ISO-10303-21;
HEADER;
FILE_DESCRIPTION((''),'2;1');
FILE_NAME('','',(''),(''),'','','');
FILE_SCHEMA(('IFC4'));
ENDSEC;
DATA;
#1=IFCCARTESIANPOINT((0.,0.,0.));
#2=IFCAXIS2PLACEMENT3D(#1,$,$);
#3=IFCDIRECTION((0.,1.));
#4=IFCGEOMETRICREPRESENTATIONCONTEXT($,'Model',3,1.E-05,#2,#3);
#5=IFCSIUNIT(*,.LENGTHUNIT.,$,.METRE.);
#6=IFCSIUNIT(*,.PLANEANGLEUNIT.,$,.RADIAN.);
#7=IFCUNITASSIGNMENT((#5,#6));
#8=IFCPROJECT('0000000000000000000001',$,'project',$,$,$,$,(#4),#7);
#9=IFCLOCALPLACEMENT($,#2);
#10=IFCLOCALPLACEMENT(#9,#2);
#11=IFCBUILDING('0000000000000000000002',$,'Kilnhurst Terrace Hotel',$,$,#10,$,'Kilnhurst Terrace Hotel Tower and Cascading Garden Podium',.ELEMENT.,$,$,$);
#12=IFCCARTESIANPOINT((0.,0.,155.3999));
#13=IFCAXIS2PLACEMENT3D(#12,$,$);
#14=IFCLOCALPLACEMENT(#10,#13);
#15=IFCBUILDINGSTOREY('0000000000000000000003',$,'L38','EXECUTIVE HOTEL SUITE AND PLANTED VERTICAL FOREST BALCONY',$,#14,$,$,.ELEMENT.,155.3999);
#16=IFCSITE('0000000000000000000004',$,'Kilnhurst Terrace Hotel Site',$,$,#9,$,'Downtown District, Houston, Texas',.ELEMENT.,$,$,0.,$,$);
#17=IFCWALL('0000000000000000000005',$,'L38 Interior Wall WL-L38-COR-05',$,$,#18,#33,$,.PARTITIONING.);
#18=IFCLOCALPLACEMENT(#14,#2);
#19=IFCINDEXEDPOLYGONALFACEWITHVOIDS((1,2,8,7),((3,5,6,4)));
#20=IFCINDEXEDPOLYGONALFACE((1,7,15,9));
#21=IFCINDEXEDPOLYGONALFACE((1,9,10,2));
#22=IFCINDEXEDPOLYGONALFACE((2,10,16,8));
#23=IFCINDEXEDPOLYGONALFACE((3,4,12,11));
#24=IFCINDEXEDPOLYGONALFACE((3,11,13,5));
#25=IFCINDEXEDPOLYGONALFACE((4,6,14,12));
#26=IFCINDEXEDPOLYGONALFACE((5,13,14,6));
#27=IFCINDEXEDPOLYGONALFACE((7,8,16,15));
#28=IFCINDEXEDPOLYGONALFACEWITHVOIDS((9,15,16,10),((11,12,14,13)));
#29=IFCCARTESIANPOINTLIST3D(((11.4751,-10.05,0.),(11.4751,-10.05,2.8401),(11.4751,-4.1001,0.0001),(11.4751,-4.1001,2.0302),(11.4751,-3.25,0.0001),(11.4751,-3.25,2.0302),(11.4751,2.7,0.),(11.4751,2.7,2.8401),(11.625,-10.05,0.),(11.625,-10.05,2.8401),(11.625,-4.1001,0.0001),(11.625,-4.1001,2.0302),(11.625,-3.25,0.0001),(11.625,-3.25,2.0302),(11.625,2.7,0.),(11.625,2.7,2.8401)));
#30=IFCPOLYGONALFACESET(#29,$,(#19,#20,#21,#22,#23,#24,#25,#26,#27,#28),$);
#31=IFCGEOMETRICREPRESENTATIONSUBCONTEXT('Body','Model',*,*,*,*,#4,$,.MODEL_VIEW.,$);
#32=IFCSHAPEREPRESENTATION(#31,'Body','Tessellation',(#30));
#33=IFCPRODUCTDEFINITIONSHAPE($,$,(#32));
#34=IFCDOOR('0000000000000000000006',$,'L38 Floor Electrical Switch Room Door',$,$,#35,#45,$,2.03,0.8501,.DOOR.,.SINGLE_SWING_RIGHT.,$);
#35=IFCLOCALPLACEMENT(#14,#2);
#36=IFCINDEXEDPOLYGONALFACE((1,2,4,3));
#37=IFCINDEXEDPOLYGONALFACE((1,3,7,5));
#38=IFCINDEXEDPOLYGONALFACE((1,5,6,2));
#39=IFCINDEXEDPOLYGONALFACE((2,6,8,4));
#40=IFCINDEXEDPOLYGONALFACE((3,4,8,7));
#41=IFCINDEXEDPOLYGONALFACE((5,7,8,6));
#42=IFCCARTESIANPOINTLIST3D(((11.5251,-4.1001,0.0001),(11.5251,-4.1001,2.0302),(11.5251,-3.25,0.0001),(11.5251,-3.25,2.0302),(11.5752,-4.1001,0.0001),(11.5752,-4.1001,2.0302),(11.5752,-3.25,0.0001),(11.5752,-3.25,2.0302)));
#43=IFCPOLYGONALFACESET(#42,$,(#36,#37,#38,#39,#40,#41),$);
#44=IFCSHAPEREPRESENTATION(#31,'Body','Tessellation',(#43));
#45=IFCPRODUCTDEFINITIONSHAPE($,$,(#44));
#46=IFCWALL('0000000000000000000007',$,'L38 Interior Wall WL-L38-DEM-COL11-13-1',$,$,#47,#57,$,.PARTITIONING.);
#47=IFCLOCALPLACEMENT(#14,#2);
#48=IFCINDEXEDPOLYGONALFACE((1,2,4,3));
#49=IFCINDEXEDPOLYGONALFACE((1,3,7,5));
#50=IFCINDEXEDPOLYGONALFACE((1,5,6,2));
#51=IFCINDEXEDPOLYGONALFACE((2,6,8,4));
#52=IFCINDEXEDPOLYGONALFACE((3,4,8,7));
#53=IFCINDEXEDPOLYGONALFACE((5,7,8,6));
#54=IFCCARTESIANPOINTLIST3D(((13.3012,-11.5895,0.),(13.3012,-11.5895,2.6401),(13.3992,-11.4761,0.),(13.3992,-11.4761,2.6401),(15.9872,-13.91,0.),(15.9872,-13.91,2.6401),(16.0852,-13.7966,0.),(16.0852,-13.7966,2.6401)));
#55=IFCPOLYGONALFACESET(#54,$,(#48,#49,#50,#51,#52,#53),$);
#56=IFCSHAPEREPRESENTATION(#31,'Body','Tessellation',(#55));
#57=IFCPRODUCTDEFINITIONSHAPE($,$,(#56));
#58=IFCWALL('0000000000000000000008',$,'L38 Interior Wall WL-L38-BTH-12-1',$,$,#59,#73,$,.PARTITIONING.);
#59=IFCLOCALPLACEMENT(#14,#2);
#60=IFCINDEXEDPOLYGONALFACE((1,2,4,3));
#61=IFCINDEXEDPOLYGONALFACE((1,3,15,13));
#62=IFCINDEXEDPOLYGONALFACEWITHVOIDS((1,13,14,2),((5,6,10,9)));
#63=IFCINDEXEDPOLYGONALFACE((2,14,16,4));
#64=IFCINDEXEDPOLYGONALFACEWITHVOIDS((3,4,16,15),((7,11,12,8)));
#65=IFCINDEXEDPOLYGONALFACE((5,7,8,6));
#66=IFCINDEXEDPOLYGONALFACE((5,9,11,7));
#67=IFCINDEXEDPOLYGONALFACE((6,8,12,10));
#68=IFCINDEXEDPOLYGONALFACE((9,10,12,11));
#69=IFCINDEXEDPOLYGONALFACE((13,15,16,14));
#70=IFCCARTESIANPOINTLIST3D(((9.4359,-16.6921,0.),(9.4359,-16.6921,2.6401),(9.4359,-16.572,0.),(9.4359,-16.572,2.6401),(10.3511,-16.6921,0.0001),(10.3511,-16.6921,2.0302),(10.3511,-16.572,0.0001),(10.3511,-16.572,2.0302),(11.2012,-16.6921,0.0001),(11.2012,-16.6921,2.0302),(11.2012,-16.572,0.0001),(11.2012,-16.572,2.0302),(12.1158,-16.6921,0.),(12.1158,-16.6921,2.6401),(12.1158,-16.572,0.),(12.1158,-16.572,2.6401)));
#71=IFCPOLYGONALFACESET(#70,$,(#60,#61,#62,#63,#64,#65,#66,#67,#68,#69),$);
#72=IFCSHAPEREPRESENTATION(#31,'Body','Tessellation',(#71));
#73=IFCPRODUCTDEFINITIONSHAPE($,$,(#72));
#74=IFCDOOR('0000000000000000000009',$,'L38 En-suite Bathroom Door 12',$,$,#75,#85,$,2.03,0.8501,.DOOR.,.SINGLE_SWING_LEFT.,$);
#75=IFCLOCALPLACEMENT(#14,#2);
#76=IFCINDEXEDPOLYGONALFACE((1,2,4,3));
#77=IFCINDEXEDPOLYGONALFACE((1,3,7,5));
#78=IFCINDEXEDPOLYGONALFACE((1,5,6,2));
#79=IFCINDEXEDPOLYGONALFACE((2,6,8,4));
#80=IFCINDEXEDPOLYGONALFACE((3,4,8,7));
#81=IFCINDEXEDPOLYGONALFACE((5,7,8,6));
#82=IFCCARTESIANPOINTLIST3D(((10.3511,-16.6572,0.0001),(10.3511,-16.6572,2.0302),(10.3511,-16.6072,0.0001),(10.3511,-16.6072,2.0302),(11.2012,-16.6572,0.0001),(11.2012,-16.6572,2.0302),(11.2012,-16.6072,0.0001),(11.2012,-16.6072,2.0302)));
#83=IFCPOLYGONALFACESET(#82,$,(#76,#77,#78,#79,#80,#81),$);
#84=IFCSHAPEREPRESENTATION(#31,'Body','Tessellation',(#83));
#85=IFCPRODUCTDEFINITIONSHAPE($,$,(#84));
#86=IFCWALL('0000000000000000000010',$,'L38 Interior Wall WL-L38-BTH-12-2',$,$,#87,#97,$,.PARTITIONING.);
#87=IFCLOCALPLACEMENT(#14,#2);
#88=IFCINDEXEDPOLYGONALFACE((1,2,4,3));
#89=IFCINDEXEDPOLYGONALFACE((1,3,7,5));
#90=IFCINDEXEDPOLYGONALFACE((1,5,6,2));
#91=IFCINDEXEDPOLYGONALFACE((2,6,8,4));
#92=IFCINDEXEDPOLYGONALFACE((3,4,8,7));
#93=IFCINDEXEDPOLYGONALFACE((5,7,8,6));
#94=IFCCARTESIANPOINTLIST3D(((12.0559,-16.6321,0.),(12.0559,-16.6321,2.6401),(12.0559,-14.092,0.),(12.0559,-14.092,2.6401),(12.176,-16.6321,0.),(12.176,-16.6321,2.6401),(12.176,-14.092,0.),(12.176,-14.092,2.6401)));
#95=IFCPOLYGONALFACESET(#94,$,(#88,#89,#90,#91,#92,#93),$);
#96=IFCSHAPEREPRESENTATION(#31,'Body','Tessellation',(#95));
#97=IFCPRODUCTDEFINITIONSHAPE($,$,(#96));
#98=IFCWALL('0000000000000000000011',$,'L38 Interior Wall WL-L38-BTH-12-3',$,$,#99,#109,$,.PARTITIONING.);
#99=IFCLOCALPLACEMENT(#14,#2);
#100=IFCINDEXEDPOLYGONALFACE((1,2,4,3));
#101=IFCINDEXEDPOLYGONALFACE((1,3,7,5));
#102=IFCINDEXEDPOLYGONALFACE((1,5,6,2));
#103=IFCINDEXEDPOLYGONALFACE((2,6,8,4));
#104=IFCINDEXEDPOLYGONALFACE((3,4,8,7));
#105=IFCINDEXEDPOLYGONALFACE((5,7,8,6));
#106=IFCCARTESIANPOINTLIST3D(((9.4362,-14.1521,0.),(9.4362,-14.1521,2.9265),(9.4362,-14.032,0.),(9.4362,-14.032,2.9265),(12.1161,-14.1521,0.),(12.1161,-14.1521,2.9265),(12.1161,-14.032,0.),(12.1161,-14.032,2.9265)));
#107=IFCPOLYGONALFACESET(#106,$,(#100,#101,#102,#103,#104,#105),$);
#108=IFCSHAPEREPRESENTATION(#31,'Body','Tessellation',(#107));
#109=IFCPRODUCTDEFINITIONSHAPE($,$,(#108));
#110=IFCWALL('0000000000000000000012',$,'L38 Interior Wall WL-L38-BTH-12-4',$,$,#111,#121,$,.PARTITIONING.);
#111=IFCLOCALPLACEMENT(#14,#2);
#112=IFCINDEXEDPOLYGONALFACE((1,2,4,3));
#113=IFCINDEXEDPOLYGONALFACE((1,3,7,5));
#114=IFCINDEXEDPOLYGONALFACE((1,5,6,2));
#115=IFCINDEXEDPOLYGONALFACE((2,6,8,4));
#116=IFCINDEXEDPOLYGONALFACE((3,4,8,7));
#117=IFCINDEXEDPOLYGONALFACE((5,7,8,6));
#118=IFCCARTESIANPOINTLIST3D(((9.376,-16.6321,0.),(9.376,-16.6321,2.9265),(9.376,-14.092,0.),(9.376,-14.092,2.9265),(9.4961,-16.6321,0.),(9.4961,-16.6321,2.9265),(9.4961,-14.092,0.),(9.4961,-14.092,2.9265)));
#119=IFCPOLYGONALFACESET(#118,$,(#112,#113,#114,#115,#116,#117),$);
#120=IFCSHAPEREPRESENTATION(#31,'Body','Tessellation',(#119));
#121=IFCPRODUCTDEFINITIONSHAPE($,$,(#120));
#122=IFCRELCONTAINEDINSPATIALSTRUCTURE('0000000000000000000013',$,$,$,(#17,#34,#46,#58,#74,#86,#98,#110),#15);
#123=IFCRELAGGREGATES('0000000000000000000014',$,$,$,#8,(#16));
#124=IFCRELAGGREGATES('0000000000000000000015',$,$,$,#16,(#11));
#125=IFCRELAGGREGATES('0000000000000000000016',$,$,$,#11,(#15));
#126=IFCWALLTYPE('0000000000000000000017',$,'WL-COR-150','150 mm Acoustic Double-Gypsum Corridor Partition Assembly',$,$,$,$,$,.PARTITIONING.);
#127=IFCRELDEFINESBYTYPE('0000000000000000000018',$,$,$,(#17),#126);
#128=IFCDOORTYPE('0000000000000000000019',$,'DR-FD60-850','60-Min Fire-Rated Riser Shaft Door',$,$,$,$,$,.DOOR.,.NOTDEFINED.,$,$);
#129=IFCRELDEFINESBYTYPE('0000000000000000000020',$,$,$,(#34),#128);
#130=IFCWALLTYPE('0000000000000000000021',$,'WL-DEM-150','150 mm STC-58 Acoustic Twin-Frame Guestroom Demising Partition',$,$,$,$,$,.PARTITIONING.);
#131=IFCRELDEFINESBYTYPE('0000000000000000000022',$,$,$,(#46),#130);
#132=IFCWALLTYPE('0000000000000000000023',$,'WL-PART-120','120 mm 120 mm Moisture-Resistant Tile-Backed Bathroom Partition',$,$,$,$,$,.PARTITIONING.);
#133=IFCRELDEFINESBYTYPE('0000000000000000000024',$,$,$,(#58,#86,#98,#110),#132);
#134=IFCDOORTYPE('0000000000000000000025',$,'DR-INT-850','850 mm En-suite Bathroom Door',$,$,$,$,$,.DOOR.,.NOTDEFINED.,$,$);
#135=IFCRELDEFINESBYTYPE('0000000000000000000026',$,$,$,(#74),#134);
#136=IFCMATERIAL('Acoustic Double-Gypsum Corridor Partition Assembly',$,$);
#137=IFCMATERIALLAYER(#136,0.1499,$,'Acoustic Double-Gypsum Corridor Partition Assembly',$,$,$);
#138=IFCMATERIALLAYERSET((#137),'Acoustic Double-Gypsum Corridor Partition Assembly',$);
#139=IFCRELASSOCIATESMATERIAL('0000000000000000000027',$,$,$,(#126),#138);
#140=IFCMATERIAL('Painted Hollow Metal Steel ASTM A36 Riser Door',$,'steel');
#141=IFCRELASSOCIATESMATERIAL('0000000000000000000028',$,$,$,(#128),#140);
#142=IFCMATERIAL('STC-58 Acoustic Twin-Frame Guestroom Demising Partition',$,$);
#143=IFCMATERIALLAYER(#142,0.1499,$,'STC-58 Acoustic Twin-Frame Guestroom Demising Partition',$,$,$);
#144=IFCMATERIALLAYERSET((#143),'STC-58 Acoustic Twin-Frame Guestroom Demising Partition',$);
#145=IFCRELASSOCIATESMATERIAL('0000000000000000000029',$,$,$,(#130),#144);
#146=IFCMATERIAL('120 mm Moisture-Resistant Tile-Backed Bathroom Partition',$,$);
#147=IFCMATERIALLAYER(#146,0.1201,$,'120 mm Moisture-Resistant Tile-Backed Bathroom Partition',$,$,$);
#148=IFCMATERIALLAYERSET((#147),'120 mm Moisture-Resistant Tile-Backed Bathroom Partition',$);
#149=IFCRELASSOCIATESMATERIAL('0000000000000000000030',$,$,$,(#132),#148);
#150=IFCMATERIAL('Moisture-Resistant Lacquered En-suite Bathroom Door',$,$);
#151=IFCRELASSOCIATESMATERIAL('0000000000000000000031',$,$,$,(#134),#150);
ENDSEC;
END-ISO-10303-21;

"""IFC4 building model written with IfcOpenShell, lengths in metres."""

from ifc_helpers import new_model, si_unit, direction, frame, frame_2d, origin, place, context, subcontext, project, spatial, rectangle, extrude, material, layer, layer_set, type_object, element, fill, save


model = new_model("IFC4")

# Units and contexts
model_context = context("Model", 3, precision=1e-05, world=origin(), true_north=direction((0.0, 1.0)))
body_context = subcontext(model_context, "Body", "Model", "MODEL_VIEW")
ifc_project = project(units=[si_unit("LENGTHUNIT", "METRE"), si_unit("PLANEANGLEUNIT", "RADIAN")], contexts=[model_context])

# Site, building, storey
site_placement = place(None, origin())
site = spatial("IfcSite", under=ifc_project, at=site_placement, Name="Kilnhurst Terrace Hotel Site", LongName="Downtown District, Houston, Texas", CompositionType="ELEMENT", RefElevation=0.0)
building_placement = place(site_placement, origin())
building = spatial("IfcBuilding", under=site, at=building_placement, Name="Kilnhurst Terrace Hotel", LongName="Kilnhurst Terrace Hotel Tower and Cascading Garden Podium", CompositionType="ELEMENT")
storey_placement = place(building_placement, frame((0.0, 0.0, 155.3999)))
storey = spatial("IfcBuildingStorey", under=building, at=storey_placement, Name="L38", Description="EXECUTIVE HOTEL SUITE AND PLANTED VERTICAL FOREST BALCONY", CompositionType="ELEMENT", Elevation=155.3999)

# Shared definitions
ifc_material_1 = material(Name="Acoustic Double-Gypsum Corridor Partition Assembly")
ifc_layer_1 = layer(ifc_material_1, 0.1499, Name="Acoustic Double-Gypsum Corridor Partition Assembly")
ifc_layer_set_1 = layer_set([ifc_layer_1], Name="Acoustic Double-Gypsum Corridor Partition Assembly")
wall_type_1 = type_object("IfcWallType", Name="WL-COR-150", Description="150 mm Acoustic Double-Gypsum Corridor Partition Assembly", PredefinedType="PARTITIONING", material=ifc_layer_set_1)

# Wall, opening, door
wall_1_placement = place(storey_placement, frame((11.55, -10.05, 0.0), z_axis=(0.0, 0.0, 1.0), x_axis=(0.0, 1.0, 0.0)))
wall_1 = element("IfcWall", 1, at=wall_1_placement, inside=storey, type_object=wall_type_1, Name="L38 Interior Wall WL-L38-COR-05", PredefinedType="PARTITIONING", context=body_context, shape_type="SweptSolid", body=[
    extrude(rectangle(XDim=12.75, YDim=0.1499, at=frame_2d((6.375, 0.0))), origin(), (0.0, 0.0, 1.0), 2.8401),
])
opening_1_placement = place(wall_1_placement, frame((5.95, 0.0, 0.0)))
opening_1 = element("IfcOpeningElement", 2, at=opening_1_placement, cuts=wall_1, PredefinedType="OPENING", context=body_context, shape_type="SweptSolid", body=[
    extrude(rectangle(XDim=0.8501, YDim=2.03, at=frame_2d((0.425, 1.0151))), frame((0.0, 0.085, 0.0), z_axis=(0.0, -1.0, 0.0), x_axis=(1.0, 0.0, 0.0)), (0.0, 0.0, 1.0), 0.1699),
])
ifc_material_2 = material(Name="Painted Hollow Metal Steel ASTM A36 Riser Door", Category="steel")
door_type_1 = type_object("IfcDoorType", Name="DR-FD60-850", Description="60-Min Fire-Rated Riser Shaft Door", OperationType="NOTDEFINED", PredefinedType="DOOR", material=ifc_material_2)
door_1_placement = place(opening_1_placement, origin())
door_1 = element("IfcDoor", 3, at=door_1_placement, inside=storey, type_object=door_type_1, Name="L38 Floor Electrical Switch Room Door", OperationType="SINGLE_SWING_RIGHT", OverallHeight=2.03, OverallWidth=0.8501, PredefinedType="DOOR", context=body_context, shape_type="SweptSolid", body=[
    extrude(rectangle(XDim=0.8501, YDim=2.03, at=frame_2d((0.425, 1.0151))), frame((0.0, 0.0249, 0.0), z_axis=(0.0, -1.0, 0.0), x_axis=(1.0, 0.0, 0.0)), (0.0, 0.0, 1.0), 0.05),
])
fill(opening_1, door_1)

# Wall
ifc_material_3 = material(Name="STC-58 Acoustic Twin-Frame Guestroom Demising Partition")
ifc_layer_2 = layer(ifc_material_3, 0.1499, Name="STC-58 Acoustic Twin-Frame Guestroom Demising Partition")
ifc_layer_set_2 = layer_set([ifc_layer_2], Name="STC-58 Acoustic Twin-Frame Guestroom Demising Partition")
wall_type_2 = type_object("IfcWallType", Name="WL-DEM-150", Description="150 mm STC-58 Acoustic Twin-Frame Guestroom Demising Partition", PredefinedType="PARTITIONING", material=ifc_layer_set_2)
wall_2_placement = place(storey_placement, frame((13.3501, -11.5327, 0.0), z_axis=(0.0, 0.0, 1.0), x_axis=(0.756712, -0.653749, 0.0)))
element("IfcWall", 4, at=wall_2_placement, inside=storey, type_object=wall_type_2, Name="L38 Interior Wall WL-L38-DEM-COL11-13-1", PredefinedType="PARTITIONING", context=body_context, shape_type="SweptSolid", body=[
    extrude(rectangle(XDim=3.5496, YDim=0.1499, at=frame_2d((1.7749, 0.0))), origin(), (0.0, 0.0, 1.0), 2.6401),
])

# Wall, opening, door
ifc_material_4 = material(Name="120 mm Moisture-Resistant Tile-Backed Bathroom Partition")
ifc_layer_3 = layer(ifc_material_4, 0.1201, Name="120 mm Moisture-Resistant Tile-Backed Bathroom Partition")
ifc_layer_set_3 = layer_set([ifc_layer_3], Name="120 mm Moisture-Resistant Tile-Backed Bathroom Partition")
wall_type_3 = type_object("IfcWallType", Name="WL-PART-120", Description="120 mm 120 mm Moisture-Resistant Tile-Backed Bathroom Partition", PredefinedType="PARTITIONING", material=ifc_layer_set_3)
wall_3_placement = place(storey_placement, frame((9.436, -16.6321, 0.0), z_axis=(0.0, 0.0, 1.0), x_axis=(1.0, 0.0, 0.0)))
wall_3 = element("IfcWall", 5, at=wall_3_placement, inside=storey, type_object=wall_type_3, Name="L38 Interior Wall WL-L38-BTH-12-1", PredefinedType="PARTITIONING", context=body_context, shape_type="SweptSolid", body=[
    extrude(rectangle(XDim=2.6799, YDim=0.1201, at=frame_2d((1.3398, 0.0))), origin(), (0.0, 0.0, 1.0), 2.6401),
])
opening_2_placement = place(wall_3_placement, frame((0.915, 0.0, 0.0)))
opening_2 = element("IfcOpeningElement", 6, at=opening_2_placement, cuts=wall_3, PredefinedType="OPENING", context=body_context, shape_type="SweptSolid", body=[
    extrude(rectangle(XDim=0.8501, YDim=2.03, at=frame_2d((0.425, 1.0151))), frame((0.0, 0.0701, 0.0), z_axis=(0.0, -1.0, 0.0), x_axis=(1.0, 0.0, 0.0)), (0.0, 0.0, 1.0), 0.1401),
])
ifc_material_5 = material(Name="Moisture-Resistant Lacquered En-suite Bathroom Door")
door_type_2 = type_object("IfcDoorType", Name="DR-INT-850", Description="850 mm En-suite Bathroom Door", OperationType="NOTDEFINED", PredefinedType="DOOR", material=ifc_material_5)
door_2_placement = place(opening_2_placement, origin())
door_2 = element("IfcDoor", 7, at=door_2_placement, inside=storey, type_object=door_type_2, Name="L38 En-suite Bathroom Door 12", OperationType="SINGLE_SWING_LEFT", OverallHeight=2.03, OverallWidth=0.8501, PredefinedType="DOOR", context=body_context, shape_type="SweptSolid", body=[
    extrude(rectangle(XDim=0.8501, YDim=2.03, at=frame_2d((0.425, 1.0151))), frame((0.0, 0.0249, 0.0), z_axis=(0.0, -1.0, 0.0), x_axis=(1.0, 0.0, 0.0)), (0.0, 0.0, 1.0), 0.05),
])
fill(opening_2, door_2)

# Walls
wall_4_placement = place(storey_placement, frame((12.116, -16.6321, 0.0), z_axis=(0.0, 0.0, 1.0), x_axis=(0.0, 1.0, 0.0)))
element("IfcWall", 8, at=wall_4_placement, inside=storey, type_object=wall_type_3, Name="L38 Interior Wall WL-L38-BTH-12-2", PredefinedType="PARTITIONING", context=body_context, shape_type="SweptSolid", body=[
    extrude(rectangle(XDim=2.54, YDim=0.1201, at=frame_2d((1.27, 0.0))), origin(), (0.0, 0.0, 1.0), 2.6401),
])
wall_5_placement = place(storey_placement, frame((12.116, -14.092, 0.0), z_axis=(0.0, 0.0, 1.0), x_axis=(-1.0, 0.0, 0.0)))
element("IfcWall", 9, at=wall_5_placement, inside=storey, type_object=wall_type_3, Name="L38 Interior Wall WL-L38-BTH-12-3", PredefinedType="PARTITIONING", context=body_context, shape_type="SweptSolid", body=[
    extrude(rectangle(XDim=2.6799, YDim=0.1201, at=frame_2d((1.3398, 0.0))), origin(), (0.0, 0.0, 1.0), 2.9265),
])
wall_6_placement = place(storey_placement, frame((9.436, -14.092, 0.0), z_axis=(0.0, 0.0, 1.0), x_axis=(0.0, -1.0, 0.0)))
element("IfcWall", 10, at=wall_6_placement, inside=storey, type_object=wall_type_3, Name="L38 Interior Wall WL-L38-BTH-12-4", PredefinedType="PARTITIONING", context=body_context, shape_type="SweptSolid", body=[
    extrude(rectangle(XDim=2.54, YDim=0.1201, at=frame_2d((1.27, 0.0))), origin(), (0.0, 0.0, 1.0), 2.9265),
])

save(model, "model.ifc")
